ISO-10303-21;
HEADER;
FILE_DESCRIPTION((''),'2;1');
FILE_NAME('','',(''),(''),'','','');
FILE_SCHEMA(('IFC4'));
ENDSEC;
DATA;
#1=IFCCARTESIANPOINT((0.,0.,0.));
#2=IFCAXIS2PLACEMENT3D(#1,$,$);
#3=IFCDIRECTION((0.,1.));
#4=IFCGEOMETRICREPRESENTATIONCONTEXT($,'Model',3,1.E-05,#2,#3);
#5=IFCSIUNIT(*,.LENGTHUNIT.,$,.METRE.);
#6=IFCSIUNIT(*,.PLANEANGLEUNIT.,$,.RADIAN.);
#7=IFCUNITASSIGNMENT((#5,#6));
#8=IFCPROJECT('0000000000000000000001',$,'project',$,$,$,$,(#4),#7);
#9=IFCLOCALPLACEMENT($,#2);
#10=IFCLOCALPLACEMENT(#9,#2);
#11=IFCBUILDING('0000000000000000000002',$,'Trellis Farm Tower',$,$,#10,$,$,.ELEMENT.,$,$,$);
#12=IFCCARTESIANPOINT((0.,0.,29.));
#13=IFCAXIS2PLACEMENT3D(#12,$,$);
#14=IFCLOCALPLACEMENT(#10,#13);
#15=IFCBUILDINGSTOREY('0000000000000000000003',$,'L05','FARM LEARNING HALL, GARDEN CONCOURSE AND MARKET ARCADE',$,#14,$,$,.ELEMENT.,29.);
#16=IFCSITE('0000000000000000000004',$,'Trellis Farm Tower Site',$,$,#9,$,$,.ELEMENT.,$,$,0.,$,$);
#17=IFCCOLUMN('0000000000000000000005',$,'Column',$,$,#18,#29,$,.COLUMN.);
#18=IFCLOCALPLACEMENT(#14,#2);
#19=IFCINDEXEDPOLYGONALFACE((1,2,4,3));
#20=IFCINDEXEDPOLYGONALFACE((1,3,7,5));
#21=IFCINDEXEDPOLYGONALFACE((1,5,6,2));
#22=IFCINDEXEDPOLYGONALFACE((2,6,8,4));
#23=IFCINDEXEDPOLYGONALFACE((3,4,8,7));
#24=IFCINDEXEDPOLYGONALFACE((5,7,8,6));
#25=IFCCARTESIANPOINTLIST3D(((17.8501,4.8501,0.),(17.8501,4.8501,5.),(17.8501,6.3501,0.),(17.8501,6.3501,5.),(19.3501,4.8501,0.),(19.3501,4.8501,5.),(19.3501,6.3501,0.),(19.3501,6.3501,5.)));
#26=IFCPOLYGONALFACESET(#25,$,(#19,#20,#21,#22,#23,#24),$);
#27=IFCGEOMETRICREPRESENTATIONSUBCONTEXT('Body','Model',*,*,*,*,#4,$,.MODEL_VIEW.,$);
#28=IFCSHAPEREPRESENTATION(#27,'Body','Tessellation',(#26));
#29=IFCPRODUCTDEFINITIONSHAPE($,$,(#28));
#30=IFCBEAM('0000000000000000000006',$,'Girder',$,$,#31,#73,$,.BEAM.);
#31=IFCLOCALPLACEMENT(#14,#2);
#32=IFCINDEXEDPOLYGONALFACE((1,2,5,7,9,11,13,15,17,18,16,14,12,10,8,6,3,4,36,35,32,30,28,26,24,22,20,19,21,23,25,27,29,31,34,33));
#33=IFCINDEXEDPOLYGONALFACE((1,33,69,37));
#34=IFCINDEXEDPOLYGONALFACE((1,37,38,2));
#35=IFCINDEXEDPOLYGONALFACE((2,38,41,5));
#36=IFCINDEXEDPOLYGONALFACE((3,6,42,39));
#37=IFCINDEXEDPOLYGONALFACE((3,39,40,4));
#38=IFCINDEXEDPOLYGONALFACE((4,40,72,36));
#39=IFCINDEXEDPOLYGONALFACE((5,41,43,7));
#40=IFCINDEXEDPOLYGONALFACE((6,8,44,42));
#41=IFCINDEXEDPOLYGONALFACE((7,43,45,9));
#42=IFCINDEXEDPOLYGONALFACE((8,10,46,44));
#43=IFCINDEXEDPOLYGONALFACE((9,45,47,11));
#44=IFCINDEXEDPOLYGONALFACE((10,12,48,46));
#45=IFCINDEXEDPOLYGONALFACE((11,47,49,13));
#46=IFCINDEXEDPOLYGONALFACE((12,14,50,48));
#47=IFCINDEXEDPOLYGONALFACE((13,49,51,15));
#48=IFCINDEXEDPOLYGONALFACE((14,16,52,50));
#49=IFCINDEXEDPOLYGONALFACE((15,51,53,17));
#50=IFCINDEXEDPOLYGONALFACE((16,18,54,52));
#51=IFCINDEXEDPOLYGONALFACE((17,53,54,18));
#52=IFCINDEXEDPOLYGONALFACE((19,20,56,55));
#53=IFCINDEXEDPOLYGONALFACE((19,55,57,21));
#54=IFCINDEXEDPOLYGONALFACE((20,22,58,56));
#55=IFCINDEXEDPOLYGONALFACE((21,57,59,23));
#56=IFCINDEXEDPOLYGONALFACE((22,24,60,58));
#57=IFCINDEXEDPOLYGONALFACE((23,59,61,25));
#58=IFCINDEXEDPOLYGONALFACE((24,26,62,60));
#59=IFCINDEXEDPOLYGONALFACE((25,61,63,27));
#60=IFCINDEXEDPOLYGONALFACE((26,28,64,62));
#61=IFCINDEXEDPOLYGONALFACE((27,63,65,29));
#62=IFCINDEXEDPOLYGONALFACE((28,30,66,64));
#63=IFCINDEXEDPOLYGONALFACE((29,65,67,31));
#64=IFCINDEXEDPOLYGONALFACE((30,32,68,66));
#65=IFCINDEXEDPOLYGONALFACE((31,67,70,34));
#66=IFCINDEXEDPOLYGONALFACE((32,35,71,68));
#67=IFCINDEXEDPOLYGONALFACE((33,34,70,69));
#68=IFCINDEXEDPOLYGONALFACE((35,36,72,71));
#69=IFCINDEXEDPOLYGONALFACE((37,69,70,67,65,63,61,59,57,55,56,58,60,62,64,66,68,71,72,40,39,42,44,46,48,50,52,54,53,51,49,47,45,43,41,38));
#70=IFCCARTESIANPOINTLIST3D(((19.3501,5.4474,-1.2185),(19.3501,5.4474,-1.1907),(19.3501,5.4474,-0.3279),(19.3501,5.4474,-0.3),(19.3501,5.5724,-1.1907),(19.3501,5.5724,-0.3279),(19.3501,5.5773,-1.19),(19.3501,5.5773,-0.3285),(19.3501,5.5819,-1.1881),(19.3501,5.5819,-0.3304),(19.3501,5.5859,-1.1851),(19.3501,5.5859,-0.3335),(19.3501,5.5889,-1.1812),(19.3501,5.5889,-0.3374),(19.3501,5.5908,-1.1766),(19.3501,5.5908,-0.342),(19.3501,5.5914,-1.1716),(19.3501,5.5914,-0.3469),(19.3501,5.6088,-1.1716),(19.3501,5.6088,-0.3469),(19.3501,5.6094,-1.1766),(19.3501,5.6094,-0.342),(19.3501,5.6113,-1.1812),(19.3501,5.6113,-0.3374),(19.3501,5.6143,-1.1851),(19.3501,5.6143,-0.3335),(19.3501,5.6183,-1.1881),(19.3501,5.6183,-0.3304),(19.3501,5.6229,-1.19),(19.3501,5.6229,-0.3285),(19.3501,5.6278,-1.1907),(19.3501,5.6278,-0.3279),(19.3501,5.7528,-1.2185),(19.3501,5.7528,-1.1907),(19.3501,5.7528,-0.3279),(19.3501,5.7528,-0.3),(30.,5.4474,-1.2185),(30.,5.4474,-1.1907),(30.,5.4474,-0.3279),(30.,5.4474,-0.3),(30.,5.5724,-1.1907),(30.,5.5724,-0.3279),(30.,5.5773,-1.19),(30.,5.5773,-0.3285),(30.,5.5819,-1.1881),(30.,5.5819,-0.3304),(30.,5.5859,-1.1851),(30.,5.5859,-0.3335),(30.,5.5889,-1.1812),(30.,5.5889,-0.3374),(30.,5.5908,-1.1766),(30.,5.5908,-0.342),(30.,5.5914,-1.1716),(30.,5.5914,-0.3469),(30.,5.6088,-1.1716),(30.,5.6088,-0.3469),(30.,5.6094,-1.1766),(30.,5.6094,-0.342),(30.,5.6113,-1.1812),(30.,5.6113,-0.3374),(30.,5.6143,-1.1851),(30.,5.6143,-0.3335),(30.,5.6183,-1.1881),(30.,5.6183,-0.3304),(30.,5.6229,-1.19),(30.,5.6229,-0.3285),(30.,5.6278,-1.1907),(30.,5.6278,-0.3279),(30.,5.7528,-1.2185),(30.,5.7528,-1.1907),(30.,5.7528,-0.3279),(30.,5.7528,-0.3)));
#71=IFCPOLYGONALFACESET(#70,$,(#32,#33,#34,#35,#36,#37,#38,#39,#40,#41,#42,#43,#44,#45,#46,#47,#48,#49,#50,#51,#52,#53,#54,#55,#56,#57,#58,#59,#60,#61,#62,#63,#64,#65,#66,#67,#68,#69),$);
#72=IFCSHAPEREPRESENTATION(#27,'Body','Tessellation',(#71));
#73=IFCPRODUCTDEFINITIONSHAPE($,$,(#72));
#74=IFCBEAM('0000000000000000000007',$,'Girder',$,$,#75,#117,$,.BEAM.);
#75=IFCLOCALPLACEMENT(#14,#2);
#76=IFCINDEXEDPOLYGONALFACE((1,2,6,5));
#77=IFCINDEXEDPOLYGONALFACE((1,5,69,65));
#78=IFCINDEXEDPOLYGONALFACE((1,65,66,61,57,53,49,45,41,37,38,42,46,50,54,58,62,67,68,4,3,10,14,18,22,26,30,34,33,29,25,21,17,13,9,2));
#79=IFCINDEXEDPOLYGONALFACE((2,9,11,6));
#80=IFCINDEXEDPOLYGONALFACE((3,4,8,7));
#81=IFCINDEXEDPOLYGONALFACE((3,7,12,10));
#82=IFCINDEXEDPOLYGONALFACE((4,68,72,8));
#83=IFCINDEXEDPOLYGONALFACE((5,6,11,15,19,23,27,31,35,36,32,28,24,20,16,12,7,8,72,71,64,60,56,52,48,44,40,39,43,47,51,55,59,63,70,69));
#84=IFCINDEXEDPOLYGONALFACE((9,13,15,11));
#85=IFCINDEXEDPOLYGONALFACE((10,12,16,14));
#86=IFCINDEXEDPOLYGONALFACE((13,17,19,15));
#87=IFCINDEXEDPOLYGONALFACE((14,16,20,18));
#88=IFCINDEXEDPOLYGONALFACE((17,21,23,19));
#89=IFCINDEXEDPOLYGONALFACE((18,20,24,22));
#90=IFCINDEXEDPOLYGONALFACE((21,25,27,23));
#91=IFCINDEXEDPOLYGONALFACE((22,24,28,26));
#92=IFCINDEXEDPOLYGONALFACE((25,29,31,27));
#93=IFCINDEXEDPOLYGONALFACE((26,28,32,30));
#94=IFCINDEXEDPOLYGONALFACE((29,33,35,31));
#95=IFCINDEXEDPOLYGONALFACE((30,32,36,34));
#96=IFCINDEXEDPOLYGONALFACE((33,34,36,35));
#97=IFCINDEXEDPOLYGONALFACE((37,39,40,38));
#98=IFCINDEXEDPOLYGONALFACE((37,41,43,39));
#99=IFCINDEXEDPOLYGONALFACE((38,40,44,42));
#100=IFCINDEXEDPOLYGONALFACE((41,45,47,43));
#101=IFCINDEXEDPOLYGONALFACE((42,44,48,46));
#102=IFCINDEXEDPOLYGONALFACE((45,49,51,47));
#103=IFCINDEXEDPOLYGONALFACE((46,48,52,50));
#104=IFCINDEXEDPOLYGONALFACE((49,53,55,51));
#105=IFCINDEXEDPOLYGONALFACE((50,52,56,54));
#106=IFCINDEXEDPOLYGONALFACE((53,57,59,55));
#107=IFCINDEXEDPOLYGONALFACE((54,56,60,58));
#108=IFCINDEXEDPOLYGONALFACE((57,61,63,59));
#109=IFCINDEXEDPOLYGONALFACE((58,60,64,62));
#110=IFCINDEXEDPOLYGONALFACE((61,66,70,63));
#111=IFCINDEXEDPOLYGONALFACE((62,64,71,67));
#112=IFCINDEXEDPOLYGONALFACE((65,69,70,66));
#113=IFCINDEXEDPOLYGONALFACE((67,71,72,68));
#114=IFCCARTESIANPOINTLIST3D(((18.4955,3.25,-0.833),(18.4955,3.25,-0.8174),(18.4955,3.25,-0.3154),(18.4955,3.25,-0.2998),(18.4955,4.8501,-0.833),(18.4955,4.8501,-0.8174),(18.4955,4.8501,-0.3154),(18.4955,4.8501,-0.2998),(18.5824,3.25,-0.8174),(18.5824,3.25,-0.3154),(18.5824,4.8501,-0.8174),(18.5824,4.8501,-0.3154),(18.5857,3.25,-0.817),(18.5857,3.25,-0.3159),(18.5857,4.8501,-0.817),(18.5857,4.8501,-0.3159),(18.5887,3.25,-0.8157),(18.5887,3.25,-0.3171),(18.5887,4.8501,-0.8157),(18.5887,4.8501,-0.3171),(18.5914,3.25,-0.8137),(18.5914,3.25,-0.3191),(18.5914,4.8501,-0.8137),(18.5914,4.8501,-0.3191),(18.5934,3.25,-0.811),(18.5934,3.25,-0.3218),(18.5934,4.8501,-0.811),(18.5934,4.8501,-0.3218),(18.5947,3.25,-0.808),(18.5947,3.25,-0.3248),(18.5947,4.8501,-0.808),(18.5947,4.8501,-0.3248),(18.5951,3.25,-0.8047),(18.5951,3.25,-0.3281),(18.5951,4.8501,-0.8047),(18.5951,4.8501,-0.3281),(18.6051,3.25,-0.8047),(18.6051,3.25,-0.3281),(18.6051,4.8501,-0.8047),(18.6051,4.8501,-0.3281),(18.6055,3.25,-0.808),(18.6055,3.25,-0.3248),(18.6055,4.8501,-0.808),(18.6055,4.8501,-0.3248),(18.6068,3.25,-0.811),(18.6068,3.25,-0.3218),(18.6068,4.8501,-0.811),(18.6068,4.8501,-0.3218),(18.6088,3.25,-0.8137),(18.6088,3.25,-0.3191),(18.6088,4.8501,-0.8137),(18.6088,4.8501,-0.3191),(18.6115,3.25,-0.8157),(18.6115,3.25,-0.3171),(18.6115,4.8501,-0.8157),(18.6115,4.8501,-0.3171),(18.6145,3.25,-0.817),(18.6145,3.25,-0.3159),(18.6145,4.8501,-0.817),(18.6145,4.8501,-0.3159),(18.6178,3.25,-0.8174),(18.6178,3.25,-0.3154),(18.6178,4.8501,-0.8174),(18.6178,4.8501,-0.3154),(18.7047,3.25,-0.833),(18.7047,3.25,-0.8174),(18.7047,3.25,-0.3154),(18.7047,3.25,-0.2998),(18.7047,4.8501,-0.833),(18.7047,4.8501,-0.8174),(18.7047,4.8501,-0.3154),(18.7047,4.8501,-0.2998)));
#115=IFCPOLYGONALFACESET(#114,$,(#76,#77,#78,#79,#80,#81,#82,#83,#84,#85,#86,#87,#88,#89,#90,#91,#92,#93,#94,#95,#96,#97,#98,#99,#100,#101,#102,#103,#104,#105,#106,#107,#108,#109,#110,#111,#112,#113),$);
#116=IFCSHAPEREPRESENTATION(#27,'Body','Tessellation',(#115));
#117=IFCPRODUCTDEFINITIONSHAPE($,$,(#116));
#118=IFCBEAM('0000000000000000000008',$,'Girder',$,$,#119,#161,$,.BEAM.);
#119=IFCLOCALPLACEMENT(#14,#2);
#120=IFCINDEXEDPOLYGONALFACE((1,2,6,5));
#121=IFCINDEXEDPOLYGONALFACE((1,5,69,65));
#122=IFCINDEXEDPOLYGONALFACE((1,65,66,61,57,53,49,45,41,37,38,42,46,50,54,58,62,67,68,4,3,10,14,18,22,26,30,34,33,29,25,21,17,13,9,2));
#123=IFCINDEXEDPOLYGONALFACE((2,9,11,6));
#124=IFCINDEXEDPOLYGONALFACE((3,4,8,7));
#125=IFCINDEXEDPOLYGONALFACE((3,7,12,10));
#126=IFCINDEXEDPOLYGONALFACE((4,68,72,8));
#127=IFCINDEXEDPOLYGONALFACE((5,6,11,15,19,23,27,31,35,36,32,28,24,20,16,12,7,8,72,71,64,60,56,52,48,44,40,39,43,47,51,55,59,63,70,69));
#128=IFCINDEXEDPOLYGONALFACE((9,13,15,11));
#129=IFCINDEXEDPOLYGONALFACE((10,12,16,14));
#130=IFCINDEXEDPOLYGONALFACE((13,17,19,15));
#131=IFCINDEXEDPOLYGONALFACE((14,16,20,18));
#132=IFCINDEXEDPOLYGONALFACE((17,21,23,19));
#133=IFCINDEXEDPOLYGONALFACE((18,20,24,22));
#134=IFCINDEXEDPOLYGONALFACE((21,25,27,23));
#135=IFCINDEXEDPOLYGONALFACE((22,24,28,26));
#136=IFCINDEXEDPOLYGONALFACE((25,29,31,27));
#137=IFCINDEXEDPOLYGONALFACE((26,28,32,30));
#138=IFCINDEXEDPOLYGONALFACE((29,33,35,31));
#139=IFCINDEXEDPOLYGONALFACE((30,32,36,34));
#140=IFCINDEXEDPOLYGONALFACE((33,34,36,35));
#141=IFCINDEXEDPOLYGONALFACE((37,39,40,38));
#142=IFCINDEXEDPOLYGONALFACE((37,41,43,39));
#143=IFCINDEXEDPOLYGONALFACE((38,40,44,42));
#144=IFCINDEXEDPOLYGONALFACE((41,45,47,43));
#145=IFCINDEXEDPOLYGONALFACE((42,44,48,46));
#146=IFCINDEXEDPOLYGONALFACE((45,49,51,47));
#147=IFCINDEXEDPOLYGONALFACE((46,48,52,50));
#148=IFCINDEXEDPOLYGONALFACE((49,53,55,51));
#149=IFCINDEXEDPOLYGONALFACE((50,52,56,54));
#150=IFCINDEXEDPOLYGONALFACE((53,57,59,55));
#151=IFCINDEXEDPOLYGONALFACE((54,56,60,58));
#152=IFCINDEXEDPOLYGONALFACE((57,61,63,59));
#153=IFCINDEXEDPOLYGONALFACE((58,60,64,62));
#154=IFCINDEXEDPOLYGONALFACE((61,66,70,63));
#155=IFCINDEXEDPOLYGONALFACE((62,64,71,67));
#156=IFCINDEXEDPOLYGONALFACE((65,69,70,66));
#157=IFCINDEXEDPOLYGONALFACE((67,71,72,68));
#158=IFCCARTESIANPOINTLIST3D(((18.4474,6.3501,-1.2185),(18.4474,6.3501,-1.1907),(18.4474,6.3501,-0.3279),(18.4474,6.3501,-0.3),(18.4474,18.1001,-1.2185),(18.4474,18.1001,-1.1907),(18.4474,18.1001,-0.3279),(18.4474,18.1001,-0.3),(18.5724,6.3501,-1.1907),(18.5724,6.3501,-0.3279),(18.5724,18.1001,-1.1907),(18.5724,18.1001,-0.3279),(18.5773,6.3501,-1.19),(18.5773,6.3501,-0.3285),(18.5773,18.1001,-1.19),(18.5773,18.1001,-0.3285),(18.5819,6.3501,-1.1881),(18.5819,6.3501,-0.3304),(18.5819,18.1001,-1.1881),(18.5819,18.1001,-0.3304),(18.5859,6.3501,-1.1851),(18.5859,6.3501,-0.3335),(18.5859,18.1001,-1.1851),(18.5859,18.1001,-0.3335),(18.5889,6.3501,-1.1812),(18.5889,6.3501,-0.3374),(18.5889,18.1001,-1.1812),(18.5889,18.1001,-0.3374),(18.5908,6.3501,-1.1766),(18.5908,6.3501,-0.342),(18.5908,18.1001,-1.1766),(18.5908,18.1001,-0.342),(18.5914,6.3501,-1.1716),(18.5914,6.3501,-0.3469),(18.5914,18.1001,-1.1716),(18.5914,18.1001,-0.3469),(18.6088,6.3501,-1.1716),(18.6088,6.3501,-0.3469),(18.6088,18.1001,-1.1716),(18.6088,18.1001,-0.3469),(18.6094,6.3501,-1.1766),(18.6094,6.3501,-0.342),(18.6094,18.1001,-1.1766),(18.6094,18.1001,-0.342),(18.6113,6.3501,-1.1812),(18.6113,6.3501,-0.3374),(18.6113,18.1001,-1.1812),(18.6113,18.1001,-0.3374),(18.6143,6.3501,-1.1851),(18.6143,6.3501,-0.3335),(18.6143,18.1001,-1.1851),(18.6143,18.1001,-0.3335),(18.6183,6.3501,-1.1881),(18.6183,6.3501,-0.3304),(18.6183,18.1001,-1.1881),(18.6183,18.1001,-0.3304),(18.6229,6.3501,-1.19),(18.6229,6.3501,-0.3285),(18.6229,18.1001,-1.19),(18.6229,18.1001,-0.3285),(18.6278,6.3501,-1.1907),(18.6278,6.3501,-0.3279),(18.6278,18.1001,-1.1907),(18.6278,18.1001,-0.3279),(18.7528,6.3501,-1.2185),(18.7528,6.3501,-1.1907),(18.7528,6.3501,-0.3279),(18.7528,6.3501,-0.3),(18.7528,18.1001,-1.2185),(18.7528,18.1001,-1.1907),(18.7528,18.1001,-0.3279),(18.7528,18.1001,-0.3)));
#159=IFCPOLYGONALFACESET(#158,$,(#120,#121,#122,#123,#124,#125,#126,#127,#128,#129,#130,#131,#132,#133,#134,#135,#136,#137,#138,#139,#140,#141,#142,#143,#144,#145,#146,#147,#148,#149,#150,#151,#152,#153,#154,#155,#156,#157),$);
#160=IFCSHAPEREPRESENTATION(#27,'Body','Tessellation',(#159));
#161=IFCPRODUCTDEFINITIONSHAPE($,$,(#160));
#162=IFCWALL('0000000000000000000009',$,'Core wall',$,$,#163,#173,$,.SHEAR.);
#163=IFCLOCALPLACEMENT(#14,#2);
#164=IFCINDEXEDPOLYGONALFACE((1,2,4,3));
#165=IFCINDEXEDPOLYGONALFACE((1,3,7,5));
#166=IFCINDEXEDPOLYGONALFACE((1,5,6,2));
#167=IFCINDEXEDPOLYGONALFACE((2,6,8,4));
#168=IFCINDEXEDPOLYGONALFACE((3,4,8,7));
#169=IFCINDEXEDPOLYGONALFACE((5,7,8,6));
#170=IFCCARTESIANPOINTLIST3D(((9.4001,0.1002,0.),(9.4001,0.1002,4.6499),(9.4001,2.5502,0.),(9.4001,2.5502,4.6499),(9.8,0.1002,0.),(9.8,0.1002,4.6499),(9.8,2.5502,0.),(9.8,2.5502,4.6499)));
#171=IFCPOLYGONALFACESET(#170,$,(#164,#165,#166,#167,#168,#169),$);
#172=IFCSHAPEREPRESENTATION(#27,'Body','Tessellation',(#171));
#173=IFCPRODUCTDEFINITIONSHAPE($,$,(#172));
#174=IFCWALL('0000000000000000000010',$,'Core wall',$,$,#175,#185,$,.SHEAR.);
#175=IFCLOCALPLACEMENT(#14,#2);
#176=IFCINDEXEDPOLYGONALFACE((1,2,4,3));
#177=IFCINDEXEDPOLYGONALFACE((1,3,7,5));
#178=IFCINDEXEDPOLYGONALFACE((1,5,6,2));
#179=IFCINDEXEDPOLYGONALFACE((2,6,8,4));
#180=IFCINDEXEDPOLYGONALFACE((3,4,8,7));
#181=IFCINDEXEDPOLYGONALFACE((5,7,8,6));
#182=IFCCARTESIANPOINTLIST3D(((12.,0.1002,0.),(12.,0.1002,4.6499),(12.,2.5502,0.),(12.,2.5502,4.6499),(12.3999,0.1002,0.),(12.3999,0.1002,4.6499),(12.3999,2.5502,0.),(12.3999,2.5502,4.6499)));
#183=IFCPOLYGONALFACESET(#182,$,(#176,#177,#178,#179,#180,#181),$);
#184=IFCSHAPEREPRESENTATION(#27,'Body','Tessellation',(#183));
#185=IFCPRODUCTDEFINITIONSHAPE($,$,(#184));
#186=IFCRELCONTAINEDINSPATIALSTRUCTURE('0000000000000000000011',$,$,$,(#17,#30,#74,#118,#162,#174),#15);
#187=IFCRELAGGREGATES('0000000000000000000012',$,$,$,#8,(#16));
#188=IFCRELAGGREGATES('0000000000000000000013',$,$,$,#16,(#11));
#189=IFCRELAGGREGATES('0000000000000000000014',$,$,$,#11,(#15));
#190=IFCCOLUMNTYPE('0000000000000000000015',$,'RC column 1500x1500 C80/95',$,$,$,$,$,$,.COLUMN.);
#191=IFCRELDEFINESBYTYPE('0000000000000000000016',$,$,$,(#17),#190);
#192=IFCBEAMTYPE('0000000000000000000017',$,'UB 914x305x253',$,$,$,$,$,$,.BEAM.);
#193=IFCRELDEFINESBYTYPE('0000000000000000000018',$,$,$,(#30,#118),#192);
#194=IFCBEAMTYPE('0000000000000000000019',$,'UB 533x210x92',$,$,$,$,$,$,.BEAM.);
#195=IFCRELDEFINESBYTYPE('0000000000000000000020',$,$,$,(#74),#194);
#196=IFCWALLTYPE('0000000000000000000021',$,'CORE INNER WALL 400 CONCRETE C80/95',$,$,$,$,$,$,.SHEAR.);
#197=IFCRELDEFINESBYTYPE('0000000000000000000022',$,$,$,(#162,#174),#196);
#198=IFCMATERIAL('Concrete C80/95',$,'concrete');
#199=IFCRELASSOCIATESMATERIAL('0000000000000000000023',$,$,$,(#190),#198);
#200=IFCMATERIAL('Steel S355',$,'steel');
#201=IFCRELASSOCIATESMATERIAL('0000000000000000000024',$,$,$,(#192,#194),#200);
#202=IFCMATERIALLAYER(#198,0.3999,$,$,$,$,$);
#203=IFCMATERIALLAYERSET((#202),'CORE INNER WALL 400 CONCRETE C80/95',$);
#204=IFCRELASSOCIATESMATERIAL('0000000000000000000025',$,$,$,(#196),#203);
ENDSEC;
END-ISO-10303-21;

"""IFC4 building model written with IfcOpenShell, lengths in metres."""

from ifc_helpers import new_model, si_unit, direction, frame, frame_2d, origin, origin_2d, place, context, subcontext, project, spatial, rectangle, i_section, extrude, source, transform, mapped, material, layer, layer_set, material_profile, profile_set, type_object, element, save


model = new_model("IFC4")

# Units and contexts
model_context = context("Model", 3, precision=1e-05, world=origin(), true_north=direction((0.0, 1.0)))
body_context = subcontext(model_context, "Body", "Model", "MODEL_VIEW")
ifc_project = project(units=[si_unit("LENGTHUNIT", "METRE"), si_unit("PLANEANGLEUNIT", "RADIAN")], contexts=[model_context])

# Site, building, storey
site_placement = place(None, origin())
site = spatial("IfcSite", under=ifc_project, at=site_placement, Name="Trellis Farm Tower Site", CompositionType="ELEMENT", RefElevation=0.0)
building_placement = place(site_placement, origin())
building = spatial("IfcBuilding", under=site, at=building_placement, Name="Trellis Farm Tower", CompositionType="ELEMENT")
storey_placement = place(building_placement, frame((0.0, 0.0, 29.0)))
storey = spatial("IfcBuildingStorey", under=building, at=storey_placement, Name="L05", Description="FARM LEARNING HALL, GARDEN CONCOURSE AND MARKET ARCADE", CompositionType="ELEMENT", Elevation=29.0)

# Column
ifc_material_1 = material(Name="Concrete C80/95", Category="concrete")
ifc_material_profile_1 = material_profile(ifc_material_1, rectangle(XDim=1.5, YDim=1.5, at=origin_2d()), Name="RC column 1500x1500 C80/95")
ifc_profile_set_1 = profile_set([ifc_material_profile_1], Name="Concrete C80/95")
column_type = type_object("IfcColumnType", Name="RC column 1500x1500 C80/95", PredefinedType="COLUMN", material=ifc_profile_set_1)
shared_shape_1 = source(origin(), body_context, "Body", "SweptSolid", [
    extrude(rectangle(XDim=1.5, YDim=1.5, at=origin_2d()), origin(), (0.0, 0.0, 1.0), 5.0),
])
column_placement = place(storey_placement, frame((18.6001, 5.6001, 0.0), z_axis=(0.0, 0.0, 1.0), x_axis=(1.0, 0.0, 0.0)))
element("IfcColumn", 1, at=column_placement, inside=storey, type_object=column_type, Name="Column", PredefinedType="COLUMN", context=body_context, shape_type="MappedRepresentation", body=[
    mapped(shared_shape_1, transform((0.0, 0.0, 0.0))),
])

# Beams
ifc_material_2 = material(Name="Steel S355", Category="steel")
ifc_material_profile_2 = material_profile(ifc_material_2, i_section(OverallWidth=0.3054, OverallDepth=0.9185, WebThickness=0.0173, FlangeThickness=0.0278, FilletRadius=0.019, at=origin_2d()), Name="UB 914x305x253")
ifc_profile_set_2 = profile_set([ifc_material_profile_2], Name="Steel S355")
beam_type_1 = type_object("IfcBeamType", Name="UB 914x305x253", PredefinedType="BEAM", material=ifc_profile_set_2)
shared_shape_2 = source(origin(), body_context, "Body", "SweptSolid", [
    extrude(i_section(OverallWidth=0.3054, OverallDepth=0.9185, WebThickness=0.0173, FlangeThickness=0.0278, FilletRadius=0.019, at=origin_2d()), origin(), (0.0, 0.0, 1.0), 10.6499),
])
beam_1_placement = place(storey_placement, frame((19.3501, 5.6001, -0.7593), z_axis=(1.0, 0.0, 0.0), x_axis=(0.0, 1.0, 0.0)))
element("IfcBeam", 2, at=beam_1_placement, inside=storey, type_object=beam_type_1, Name="Girder", PredefinedType="BEAM", context=body_context, shape_type="MappedRepresentation", body=[
    mapped(shared_shape_2, transform((0.0, 0.0, 0.0))),
])
ifc_material_profile_3 = material_profile(ifc_material_2, i_section(OverallWidth=0.2092, OverallDepth=0.5332, WebThickness=0.01, FlangeThickness=0.0156, FilletRadius=0.0127, at=origin_2d()), Name="UB 533x210x92")
ifc_profile_set_3 = profile_set([ifc_material_profile_3], Name="Steel S355")
beam_type_2 = type_object("IfcBeamType", Name="UB 533x210x92", PredefinedType="BEAM", material=ifc_profile_set_3)
shared_shape_3 = source(origin(), body_context, "Body", "SweptSolid", [
    extrude(i_section(OverallWidth=0.2092, OverallDepth=0.5332, WebThickness=0.01, FlangeThickness=0.0156, FilletRadius=0.0127, at=origin_2d()), origin(), (0.0, 0.0, 1.0), 1.6001),
])
beam_2_placement = place(storey_placement, frame((18.6001, 3.25, -0.5664), z_axis=(0.0, 1.0, 0.0), x_axis=(-1.0, 0.0, 0.0)))
element("IfcBeam", 3, at=beam_2_placement, inside=storey, type_object=beam_type_2, Name="Girder", PredefinedType="BEAM", context=body_context, shape_type="MappedRepresentation", body=[
    mapped(shared_shape_3, transform((0.0, 0.0, 0.0))),
])
shared_shape_4 = source(origin(), body_context, "Body", "SweptSolid", [
    extrude(i_section(OverallWidth=0.3054, OverallDepth=0.9185, WebThickness=0.0173, FlangeThickness=0.0278, FilletRadius=0.019, at=origin_2d()), origin(), (0.0, 0.0, 1.0), 11.75),
])
beam_3_placement = place(storey_placement, frame((18.6001, 6.3501, -0.7593), z_axis=(0.0, 1.0, 0.0), x_axis=(-1.0, 0.0, 0.0)))
element("IfcBeam", 4, at=beam_3_placement, inside=storey, type_object=beam_type_1, Name="Girder", PredefinedType="BEAM", context=body_context, shape_type="MappedRepresentation", body=[
    mapped(shared_shape_4, transform((0.0, 0.0, 0.0))),
])

# Walls
ifc_layer_1 = layer(ifc_material_1, 0.3999)
ifc_layer_set_1 = layer_set([ifc_layer_1], Name="CORE INNER WALL 400 CONCRETE C80/95")
wall_type_1 = type_object("IfcWallType", Name="CORE INNER WALL 400 CONCRETE C80/95", PredefinedType="SHEAR", material=ifc_layer_set_1)
shared_shape_5 = source(origin(), body_context, "Body", "SweptSolid", [
    extrude(rectangle(XDim=2.45, YDim=0.3999, at=frame_2d((1.2251, 0.0))), origin(), (0.0, 0.0, 1.0), 4.6499),
])
for number, where, z_axis, x_axis, name in (
    (5, (9.6001, 0.1001, 0.0), (0.0, 0.0, 1.0), (0.0, 1.0, 0.0), "Core wall"),
    (6, (12.2, 0.1001, 0.0), (0.0, 0.0, 1.0), (0.0, 1.0, 0.0), "Core wall"),
):
    element("IfcWall", number, at=place(storey_placement, frame(where, z_axis=z_axis, x_axis=x_axis)), inside=storey, type_object=wall_type_1, Name=name, PredefinedType="SHEAR", context=body_context, shape_type="MappedRepresentation", body=[
        mapped(shared_shape_5, transform((0.0, 0.0, 0.0))),
    ])

save(model, "model.ifc")
